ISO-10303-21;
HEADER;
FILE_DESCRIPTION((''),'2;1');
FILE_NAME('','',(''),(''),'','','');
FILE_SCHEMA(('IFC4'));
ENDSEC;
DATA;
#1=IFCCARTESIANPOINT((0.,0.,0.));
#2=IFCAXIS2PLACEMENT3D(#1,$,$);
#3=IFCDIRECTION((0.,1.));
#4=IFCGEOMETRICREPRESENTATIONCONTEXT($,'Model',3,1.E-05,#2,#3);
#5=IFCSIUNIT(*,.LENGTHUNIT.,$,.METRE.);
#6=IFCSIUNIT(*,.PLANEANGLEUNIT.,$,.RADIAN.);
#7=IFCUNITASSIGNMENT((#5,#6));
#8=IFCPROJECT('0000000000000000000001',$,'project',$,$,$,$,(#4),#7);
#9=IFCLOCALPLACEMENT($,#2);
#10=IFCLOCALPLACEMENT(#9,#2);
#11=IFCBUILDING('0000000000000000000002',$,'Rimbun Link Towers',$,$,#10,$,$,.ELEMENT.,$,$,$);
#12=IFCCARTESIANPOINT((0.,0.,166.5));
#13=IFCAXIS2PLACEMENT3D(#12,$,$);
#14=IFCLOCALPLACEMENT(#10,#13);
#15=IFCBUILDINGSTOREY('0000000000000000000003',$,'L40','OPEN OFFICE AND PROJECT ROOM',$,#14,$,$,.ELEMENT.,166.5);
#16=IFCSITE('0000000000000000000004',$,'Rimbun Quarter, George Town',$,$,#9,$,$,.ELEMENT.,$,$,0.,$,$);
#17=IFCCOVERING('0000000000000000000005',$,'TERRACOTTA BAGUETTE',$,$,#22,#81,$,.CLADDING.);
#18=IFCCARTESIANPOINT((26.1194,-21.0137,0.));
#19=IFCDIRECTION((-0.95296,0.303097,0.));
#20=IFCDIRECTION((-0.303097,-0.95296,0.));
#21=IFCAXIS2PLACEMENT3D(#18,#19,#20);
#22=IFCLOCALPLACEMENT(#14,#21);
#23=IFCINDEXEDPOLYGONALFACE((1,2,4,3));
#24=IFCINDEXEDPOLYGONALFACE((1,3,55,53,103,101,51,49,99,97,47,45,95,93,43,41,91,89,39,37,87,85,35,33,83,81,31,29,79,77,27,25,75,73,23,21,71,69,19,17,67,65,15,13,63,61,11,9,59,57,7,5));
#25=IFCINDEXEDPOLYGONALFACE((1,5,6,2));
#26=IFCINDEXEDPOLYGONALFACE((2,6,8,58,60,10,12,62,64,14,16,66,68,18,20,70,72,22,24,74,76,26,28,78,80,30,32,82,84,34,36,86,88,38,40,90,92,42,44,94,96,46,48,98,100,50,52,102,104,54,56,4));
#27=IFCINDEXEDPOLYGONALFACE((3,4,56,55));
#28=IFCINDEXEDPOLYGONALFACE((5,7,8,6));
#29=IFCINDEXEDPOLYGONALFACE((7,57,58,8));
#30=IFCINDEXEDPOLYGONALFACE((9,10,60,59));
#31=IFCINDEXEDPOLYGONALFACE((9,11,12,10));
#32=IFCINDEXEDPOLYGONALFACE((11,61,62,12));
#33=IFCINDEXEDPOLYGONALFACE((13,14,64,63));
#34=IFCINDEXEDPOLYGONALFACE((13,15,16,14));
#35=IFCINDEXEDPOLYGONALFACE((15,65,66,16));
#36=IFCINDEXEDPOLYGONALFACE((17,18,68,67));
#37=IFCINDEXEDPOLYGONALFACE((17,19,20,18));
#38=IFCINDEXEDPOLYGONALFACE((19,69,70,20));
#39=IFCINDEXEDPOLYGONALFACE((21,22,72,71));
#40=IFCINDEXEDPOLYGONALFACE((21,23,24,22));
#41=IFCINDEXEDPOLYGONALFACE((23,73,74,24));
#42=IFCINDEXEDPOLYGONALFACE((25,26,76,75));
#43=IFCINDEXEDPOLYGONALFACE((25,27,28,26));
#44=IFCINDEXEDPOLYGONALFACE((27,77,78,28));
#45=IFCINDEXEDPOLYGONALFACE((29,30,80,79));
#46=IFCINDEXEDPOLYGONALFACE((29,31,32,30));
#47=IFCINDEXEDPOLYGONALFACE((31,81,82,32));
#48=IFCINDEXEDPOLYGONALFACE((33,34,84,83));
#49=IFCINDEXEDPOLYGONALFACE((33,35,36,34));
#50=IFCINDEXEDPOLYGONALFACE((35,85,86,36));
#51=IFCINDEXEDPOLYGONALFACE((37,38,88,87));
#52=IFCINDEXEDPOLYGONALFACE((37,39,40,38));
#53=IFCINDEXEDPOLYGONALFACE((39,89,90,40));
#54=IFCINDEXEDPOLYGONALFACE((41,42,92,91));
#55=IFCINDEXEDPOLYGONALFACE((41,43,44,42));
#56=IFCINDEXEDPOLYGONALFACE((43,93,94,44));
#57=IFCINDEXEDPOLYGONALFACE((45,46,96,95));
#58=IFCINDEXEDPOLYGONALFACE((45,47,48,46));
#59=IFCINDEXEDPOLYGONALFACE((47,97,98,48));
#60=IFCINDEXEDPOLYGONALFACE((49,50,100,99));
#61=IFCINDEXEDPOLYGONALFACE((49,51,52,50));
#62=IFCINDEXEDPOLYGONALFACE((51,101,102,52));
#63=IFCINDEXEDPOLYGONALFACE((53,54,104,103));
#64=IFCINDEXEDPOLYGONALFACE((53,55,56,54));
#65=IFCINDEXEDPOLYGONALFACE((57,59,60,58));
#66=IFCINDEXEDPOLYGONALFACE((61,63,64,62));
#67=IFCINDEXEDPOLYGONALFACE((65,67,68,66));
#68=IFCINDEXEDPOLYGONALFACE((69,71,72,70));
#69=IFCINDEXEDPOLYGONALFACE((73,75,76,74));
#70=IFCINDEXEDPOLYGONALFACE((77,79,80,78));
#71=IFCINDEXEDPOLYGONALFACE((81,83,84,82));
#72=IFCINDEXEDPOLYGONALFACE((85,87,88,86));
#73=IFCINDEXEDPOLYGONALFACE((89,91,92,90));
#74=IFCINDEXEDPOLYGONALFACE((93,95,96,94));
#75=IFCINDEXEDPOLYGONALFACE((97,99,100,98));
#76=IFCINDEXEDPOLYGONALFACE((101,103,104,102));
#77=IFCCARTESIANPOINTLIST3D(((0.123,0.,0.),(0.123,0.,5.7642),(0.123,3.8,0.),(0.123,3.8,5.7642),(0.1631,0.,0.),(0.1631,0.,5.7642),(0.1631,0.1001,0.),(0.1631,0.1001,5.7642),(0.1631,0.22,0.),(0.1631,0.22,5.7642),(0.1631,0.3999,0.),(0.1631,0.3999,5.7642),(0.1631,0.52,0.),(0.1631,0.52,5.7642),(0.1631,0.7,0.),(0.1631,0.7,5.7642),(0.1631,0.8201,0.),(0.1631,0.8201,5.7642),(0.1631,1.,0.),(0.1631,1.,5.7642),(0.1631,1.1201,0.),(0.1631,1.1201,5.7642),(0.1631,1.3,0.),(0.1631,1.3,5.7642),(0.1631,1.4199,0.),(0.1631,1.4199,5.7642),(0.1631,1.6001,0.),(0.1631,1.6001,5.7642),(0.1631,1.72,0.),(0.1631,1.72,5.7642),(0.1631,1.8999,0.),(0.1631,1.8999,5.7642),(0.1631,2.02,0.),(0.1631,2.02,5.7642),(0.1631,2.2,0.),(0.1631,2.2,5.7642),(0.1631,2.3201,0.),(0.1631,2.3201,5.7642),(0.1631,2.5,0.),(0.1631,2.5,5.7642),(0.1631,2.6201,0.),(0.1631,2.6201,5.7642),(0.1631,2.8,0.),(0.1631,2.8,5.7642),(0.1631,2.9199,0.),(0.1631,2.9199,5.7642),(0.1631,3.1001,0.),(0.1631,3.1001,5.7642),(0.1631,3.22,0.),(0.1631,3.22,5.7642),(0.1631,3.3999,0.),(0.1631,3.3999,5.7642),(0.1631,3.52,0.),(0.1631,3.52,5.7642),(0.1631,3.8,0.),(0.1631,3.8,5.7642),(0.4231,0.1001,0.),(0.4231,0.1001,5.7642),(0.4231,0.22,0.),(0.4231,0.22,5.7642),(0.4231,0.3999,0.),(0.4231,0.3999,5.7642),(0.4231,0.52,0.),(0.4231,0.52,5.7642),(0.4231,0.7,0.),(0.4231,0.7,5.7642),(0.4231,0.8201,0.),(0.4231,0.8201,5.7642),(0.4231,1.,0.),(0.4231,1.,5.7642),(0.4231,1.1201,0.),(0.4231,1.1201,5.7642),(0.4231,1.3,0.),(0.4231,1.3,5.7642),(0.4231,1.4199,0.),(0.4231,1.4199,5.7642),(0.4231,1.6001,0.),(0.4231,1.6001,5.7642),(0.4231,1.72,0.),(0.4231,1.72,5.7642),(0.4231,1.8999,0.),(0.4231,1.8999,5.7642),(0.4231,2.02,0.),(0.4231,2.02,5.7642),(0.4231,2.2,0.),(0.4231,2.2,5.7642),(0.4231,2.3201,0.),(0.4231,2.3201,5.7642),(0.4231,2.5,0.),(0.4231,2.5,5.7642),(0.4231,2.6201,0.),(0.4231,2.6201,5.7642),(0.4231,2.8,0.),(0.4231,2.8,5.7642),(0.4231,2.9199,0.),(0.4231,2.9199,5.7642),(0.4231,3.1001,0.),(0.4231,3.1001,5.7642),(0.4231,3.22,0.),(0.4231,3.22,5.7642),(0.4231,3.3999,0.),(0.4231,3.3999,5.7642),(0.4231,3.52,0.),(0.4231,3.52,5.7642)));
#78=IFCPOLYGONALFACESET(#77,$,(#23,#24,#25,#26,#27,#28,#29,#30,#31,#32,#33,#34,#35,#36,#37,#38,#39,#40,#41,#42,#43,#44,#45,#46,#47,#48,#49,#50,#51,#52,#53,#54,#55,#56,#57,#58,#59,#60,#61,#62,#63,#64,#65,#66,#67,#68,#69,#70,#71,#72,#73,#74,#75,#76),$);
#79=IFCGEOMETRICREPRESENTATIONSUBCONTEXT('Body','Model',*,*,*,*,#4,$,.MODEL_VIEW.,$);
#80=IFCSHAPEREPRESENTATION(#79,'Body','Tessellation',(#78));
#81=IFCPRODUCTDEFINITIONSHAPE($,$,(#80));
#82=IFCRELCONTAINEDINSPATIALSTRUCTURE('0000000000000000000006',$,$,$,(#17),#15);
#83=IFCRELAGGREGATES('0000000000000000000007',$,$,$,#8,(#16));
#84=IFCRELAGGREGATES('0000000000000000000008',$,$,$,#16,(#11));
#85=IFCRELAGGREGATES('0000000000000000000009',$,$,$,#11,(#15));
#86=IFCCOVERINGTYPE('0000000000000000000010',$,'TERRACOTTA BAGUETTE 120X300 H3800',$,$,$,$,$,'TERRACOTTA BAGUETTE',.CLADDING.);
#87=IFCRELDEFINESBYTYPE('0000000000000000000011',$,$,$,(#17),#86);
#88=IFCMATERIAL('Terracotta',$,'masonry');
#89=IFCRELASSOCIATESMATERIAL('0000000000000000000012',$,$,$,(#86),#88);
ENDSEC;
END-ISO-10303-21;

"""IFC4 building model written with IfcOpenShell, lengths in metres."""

from ifc_helpers import new_model, si_unit, direction, frame, origin, place, context, subcontext, project, spatial, polyline, outline, extrude, material, material_profile, profile_set, type_object, element, save


model = new_model("IFC4")

# Units and contexts
model_context = context("Model", 3, precision=1e-05, world=origin(), true_north=direction((0.0, 1.0)))
body_context = subcontext(model_context, "Body", "Model", "MODEL_VIEW")
ifc_project = project(units=[si_unit("LENGTHUNIT", "METRE"), si_unit("PLANEANGLEUNIT", "RADIAN")], contexts=[model_context])

# Site, building, storey
site_placement = place(None, origin())
site = spatial("IfcSite", under=ifc_project, at=site_placement, Name="Rimbun Quarter, George Town", CompositionType="ELEMENT", RefElevation=0.0)
building_placement = place(site_placement, origin())
building = spatial("IfcBuilding", under=site, at=building_placement, Name="Rimbun Link Towers", CompositionType="ELEMENT")
storey_placement = place(building_placement, frame((0.0, 0.0, 166.5)))
storey = spatial("IfcBuildingStorey", under=building, at=storey_placement, Name="L40", Description="OPEN OFFICE AND PROJECT ROOM", CompositionType="ELEMENT", Elevation=166.5)

# Covering
ifc_material_1 = material(Name="Terracotta", Category="masonry")
ifc_material_profile_1 = material_profile(ifc_material_1, outline(polyline([(0.123, 0.0), (0.1631, 0.0), (0.1631, 0.1001), (0.4231, 0.1001), (0.4231, 0.22), (0.1631, 0.22), (0.1631, 0.3999), (0.4231, 0.3999), (0.4231, 0.52), (0.1631, 0.52), (0.1631, 0.7), (0.4231, 0.7), (0.4231, 0.8201), (0.1631, 0.8201), (0.1631, 1.0), (0.4231, 1.0), (0.4231, 1.1201), (0.1631, 1.1201), (0.1631, 1.3), (0.4231, 1.3), (0.4231, 1.4199), (0.1631, 1.4199), (0.1631, 1.6001), (0.4231, 1.6001), (0.4231, 1.72), (0.1631, 1.72), (0.1631, 1.8999), (0.4231, 1.8999), (0.4231, 2.02), (0.1631, 2.02), (0.1631, 2.2), (0.4231, 2.2), (0.4231, 2.3201), (0.1631, 2.3201), (0.1631, 2.5), (0.4231, 2.5), (0.4231, 2.6201), (0.1631, 2.6201), (0.1631, 2.8), (0.4231, 2.8), (0.4231, 2.9199), (0.1631, 2.9199), (0.1631, 3.1001), (0.4231, 3.1001), (0.4231, 3.22), (0.1631, 3.22), (0.1631, 3.3999), (0.4231, 3.3999), (0.4231, 3.52), (0.1631, 3.52), (0.1631, 3.8), (0.123, 3.8), (0.123, 0.0)])), Name="BAGUETTE 120X300")
ifc_profile_set_1 = profile_set([ifc_material_profile_1], Name="Terracotta")
covering_type = type_object("IfcCoveringType", Name="TERRACOTTA BAGUETTE 120X300 H3800", ElementType="TERRACOTTA BAGUETTE", PredefinedType="CLADDING", material=ifc_profile_set_1)
covering_placement = place(storey_placement, frame((26.1194, -21.0137, 0.0), z_axis=(-0.95296, 0.303097, 0.0), x_axis=(-0.303097, -0.95296, 0.0)))
element("IfcCovering", 1, at=covering_placement, inside=storey, type_object=covering_type, Name="TERRACOTTA BAGUETTE", PredefinedType="CLADDING", context=body_context, shape_type="SweptSolid", body=[
    extrude(outline(polyline([(0.123, 0.0), (0.1631, 0.0), (0.1631, 0.1001), (0.4231, 0.1001), (0.4231, 0.22), (0.1631, 0.22), (0.1631, 0.3999), (0.4231, 0.3999), (0.4231, 0.52), (0.1631, 0.52), (0.1631, 0.7), (0.4231, 0.7), (0.4231, 0.8201), (0.1631, 0.8201), (0.1631, 1.0), (0.4231, 1.0), (0.4231, 1.1201), (0.1631, 1.1201), (0.1631, 1.3), (0.4231, 1.3), (0.4231, 1.4199), (0.1631, 1.4199), (0.1631, 1.6001), (0.4231, 1.6001), (0.4231, 1.72), (0.1631, 1.72), (0.1631, 1.8999), (0.4231, 1.8999), (0.4231, 2.02), (0.1631, 2.02), (0.1631, 2.2), (0.4231, 2.2), (0.4231, 2.3201), (0.1631, 2.3201), (0.1631, 2.5), (0.4231, 2.5), (0.4231, 2.6201), (0.1631, 2.6201), (0.1631, 2.8), (0.4231, 2.8), (0.4231, 2.9199), (0.1631, 2.9199), (0.1631, 3.1001), (0.4231, 3.1001), (0.4231, 3.22), (0.1631, 3.22), (0.1631, 3.3999), (0.4231, 3.3999), (0.4231, 3.52), (0.1631, 3.52), (0.1631, 3.8), (0.123, 3.8), (0.123, 0.0)])), origin(), (0.0, 0.0, 1.0), 5.7642),
])

save(model, "model.ifc")
